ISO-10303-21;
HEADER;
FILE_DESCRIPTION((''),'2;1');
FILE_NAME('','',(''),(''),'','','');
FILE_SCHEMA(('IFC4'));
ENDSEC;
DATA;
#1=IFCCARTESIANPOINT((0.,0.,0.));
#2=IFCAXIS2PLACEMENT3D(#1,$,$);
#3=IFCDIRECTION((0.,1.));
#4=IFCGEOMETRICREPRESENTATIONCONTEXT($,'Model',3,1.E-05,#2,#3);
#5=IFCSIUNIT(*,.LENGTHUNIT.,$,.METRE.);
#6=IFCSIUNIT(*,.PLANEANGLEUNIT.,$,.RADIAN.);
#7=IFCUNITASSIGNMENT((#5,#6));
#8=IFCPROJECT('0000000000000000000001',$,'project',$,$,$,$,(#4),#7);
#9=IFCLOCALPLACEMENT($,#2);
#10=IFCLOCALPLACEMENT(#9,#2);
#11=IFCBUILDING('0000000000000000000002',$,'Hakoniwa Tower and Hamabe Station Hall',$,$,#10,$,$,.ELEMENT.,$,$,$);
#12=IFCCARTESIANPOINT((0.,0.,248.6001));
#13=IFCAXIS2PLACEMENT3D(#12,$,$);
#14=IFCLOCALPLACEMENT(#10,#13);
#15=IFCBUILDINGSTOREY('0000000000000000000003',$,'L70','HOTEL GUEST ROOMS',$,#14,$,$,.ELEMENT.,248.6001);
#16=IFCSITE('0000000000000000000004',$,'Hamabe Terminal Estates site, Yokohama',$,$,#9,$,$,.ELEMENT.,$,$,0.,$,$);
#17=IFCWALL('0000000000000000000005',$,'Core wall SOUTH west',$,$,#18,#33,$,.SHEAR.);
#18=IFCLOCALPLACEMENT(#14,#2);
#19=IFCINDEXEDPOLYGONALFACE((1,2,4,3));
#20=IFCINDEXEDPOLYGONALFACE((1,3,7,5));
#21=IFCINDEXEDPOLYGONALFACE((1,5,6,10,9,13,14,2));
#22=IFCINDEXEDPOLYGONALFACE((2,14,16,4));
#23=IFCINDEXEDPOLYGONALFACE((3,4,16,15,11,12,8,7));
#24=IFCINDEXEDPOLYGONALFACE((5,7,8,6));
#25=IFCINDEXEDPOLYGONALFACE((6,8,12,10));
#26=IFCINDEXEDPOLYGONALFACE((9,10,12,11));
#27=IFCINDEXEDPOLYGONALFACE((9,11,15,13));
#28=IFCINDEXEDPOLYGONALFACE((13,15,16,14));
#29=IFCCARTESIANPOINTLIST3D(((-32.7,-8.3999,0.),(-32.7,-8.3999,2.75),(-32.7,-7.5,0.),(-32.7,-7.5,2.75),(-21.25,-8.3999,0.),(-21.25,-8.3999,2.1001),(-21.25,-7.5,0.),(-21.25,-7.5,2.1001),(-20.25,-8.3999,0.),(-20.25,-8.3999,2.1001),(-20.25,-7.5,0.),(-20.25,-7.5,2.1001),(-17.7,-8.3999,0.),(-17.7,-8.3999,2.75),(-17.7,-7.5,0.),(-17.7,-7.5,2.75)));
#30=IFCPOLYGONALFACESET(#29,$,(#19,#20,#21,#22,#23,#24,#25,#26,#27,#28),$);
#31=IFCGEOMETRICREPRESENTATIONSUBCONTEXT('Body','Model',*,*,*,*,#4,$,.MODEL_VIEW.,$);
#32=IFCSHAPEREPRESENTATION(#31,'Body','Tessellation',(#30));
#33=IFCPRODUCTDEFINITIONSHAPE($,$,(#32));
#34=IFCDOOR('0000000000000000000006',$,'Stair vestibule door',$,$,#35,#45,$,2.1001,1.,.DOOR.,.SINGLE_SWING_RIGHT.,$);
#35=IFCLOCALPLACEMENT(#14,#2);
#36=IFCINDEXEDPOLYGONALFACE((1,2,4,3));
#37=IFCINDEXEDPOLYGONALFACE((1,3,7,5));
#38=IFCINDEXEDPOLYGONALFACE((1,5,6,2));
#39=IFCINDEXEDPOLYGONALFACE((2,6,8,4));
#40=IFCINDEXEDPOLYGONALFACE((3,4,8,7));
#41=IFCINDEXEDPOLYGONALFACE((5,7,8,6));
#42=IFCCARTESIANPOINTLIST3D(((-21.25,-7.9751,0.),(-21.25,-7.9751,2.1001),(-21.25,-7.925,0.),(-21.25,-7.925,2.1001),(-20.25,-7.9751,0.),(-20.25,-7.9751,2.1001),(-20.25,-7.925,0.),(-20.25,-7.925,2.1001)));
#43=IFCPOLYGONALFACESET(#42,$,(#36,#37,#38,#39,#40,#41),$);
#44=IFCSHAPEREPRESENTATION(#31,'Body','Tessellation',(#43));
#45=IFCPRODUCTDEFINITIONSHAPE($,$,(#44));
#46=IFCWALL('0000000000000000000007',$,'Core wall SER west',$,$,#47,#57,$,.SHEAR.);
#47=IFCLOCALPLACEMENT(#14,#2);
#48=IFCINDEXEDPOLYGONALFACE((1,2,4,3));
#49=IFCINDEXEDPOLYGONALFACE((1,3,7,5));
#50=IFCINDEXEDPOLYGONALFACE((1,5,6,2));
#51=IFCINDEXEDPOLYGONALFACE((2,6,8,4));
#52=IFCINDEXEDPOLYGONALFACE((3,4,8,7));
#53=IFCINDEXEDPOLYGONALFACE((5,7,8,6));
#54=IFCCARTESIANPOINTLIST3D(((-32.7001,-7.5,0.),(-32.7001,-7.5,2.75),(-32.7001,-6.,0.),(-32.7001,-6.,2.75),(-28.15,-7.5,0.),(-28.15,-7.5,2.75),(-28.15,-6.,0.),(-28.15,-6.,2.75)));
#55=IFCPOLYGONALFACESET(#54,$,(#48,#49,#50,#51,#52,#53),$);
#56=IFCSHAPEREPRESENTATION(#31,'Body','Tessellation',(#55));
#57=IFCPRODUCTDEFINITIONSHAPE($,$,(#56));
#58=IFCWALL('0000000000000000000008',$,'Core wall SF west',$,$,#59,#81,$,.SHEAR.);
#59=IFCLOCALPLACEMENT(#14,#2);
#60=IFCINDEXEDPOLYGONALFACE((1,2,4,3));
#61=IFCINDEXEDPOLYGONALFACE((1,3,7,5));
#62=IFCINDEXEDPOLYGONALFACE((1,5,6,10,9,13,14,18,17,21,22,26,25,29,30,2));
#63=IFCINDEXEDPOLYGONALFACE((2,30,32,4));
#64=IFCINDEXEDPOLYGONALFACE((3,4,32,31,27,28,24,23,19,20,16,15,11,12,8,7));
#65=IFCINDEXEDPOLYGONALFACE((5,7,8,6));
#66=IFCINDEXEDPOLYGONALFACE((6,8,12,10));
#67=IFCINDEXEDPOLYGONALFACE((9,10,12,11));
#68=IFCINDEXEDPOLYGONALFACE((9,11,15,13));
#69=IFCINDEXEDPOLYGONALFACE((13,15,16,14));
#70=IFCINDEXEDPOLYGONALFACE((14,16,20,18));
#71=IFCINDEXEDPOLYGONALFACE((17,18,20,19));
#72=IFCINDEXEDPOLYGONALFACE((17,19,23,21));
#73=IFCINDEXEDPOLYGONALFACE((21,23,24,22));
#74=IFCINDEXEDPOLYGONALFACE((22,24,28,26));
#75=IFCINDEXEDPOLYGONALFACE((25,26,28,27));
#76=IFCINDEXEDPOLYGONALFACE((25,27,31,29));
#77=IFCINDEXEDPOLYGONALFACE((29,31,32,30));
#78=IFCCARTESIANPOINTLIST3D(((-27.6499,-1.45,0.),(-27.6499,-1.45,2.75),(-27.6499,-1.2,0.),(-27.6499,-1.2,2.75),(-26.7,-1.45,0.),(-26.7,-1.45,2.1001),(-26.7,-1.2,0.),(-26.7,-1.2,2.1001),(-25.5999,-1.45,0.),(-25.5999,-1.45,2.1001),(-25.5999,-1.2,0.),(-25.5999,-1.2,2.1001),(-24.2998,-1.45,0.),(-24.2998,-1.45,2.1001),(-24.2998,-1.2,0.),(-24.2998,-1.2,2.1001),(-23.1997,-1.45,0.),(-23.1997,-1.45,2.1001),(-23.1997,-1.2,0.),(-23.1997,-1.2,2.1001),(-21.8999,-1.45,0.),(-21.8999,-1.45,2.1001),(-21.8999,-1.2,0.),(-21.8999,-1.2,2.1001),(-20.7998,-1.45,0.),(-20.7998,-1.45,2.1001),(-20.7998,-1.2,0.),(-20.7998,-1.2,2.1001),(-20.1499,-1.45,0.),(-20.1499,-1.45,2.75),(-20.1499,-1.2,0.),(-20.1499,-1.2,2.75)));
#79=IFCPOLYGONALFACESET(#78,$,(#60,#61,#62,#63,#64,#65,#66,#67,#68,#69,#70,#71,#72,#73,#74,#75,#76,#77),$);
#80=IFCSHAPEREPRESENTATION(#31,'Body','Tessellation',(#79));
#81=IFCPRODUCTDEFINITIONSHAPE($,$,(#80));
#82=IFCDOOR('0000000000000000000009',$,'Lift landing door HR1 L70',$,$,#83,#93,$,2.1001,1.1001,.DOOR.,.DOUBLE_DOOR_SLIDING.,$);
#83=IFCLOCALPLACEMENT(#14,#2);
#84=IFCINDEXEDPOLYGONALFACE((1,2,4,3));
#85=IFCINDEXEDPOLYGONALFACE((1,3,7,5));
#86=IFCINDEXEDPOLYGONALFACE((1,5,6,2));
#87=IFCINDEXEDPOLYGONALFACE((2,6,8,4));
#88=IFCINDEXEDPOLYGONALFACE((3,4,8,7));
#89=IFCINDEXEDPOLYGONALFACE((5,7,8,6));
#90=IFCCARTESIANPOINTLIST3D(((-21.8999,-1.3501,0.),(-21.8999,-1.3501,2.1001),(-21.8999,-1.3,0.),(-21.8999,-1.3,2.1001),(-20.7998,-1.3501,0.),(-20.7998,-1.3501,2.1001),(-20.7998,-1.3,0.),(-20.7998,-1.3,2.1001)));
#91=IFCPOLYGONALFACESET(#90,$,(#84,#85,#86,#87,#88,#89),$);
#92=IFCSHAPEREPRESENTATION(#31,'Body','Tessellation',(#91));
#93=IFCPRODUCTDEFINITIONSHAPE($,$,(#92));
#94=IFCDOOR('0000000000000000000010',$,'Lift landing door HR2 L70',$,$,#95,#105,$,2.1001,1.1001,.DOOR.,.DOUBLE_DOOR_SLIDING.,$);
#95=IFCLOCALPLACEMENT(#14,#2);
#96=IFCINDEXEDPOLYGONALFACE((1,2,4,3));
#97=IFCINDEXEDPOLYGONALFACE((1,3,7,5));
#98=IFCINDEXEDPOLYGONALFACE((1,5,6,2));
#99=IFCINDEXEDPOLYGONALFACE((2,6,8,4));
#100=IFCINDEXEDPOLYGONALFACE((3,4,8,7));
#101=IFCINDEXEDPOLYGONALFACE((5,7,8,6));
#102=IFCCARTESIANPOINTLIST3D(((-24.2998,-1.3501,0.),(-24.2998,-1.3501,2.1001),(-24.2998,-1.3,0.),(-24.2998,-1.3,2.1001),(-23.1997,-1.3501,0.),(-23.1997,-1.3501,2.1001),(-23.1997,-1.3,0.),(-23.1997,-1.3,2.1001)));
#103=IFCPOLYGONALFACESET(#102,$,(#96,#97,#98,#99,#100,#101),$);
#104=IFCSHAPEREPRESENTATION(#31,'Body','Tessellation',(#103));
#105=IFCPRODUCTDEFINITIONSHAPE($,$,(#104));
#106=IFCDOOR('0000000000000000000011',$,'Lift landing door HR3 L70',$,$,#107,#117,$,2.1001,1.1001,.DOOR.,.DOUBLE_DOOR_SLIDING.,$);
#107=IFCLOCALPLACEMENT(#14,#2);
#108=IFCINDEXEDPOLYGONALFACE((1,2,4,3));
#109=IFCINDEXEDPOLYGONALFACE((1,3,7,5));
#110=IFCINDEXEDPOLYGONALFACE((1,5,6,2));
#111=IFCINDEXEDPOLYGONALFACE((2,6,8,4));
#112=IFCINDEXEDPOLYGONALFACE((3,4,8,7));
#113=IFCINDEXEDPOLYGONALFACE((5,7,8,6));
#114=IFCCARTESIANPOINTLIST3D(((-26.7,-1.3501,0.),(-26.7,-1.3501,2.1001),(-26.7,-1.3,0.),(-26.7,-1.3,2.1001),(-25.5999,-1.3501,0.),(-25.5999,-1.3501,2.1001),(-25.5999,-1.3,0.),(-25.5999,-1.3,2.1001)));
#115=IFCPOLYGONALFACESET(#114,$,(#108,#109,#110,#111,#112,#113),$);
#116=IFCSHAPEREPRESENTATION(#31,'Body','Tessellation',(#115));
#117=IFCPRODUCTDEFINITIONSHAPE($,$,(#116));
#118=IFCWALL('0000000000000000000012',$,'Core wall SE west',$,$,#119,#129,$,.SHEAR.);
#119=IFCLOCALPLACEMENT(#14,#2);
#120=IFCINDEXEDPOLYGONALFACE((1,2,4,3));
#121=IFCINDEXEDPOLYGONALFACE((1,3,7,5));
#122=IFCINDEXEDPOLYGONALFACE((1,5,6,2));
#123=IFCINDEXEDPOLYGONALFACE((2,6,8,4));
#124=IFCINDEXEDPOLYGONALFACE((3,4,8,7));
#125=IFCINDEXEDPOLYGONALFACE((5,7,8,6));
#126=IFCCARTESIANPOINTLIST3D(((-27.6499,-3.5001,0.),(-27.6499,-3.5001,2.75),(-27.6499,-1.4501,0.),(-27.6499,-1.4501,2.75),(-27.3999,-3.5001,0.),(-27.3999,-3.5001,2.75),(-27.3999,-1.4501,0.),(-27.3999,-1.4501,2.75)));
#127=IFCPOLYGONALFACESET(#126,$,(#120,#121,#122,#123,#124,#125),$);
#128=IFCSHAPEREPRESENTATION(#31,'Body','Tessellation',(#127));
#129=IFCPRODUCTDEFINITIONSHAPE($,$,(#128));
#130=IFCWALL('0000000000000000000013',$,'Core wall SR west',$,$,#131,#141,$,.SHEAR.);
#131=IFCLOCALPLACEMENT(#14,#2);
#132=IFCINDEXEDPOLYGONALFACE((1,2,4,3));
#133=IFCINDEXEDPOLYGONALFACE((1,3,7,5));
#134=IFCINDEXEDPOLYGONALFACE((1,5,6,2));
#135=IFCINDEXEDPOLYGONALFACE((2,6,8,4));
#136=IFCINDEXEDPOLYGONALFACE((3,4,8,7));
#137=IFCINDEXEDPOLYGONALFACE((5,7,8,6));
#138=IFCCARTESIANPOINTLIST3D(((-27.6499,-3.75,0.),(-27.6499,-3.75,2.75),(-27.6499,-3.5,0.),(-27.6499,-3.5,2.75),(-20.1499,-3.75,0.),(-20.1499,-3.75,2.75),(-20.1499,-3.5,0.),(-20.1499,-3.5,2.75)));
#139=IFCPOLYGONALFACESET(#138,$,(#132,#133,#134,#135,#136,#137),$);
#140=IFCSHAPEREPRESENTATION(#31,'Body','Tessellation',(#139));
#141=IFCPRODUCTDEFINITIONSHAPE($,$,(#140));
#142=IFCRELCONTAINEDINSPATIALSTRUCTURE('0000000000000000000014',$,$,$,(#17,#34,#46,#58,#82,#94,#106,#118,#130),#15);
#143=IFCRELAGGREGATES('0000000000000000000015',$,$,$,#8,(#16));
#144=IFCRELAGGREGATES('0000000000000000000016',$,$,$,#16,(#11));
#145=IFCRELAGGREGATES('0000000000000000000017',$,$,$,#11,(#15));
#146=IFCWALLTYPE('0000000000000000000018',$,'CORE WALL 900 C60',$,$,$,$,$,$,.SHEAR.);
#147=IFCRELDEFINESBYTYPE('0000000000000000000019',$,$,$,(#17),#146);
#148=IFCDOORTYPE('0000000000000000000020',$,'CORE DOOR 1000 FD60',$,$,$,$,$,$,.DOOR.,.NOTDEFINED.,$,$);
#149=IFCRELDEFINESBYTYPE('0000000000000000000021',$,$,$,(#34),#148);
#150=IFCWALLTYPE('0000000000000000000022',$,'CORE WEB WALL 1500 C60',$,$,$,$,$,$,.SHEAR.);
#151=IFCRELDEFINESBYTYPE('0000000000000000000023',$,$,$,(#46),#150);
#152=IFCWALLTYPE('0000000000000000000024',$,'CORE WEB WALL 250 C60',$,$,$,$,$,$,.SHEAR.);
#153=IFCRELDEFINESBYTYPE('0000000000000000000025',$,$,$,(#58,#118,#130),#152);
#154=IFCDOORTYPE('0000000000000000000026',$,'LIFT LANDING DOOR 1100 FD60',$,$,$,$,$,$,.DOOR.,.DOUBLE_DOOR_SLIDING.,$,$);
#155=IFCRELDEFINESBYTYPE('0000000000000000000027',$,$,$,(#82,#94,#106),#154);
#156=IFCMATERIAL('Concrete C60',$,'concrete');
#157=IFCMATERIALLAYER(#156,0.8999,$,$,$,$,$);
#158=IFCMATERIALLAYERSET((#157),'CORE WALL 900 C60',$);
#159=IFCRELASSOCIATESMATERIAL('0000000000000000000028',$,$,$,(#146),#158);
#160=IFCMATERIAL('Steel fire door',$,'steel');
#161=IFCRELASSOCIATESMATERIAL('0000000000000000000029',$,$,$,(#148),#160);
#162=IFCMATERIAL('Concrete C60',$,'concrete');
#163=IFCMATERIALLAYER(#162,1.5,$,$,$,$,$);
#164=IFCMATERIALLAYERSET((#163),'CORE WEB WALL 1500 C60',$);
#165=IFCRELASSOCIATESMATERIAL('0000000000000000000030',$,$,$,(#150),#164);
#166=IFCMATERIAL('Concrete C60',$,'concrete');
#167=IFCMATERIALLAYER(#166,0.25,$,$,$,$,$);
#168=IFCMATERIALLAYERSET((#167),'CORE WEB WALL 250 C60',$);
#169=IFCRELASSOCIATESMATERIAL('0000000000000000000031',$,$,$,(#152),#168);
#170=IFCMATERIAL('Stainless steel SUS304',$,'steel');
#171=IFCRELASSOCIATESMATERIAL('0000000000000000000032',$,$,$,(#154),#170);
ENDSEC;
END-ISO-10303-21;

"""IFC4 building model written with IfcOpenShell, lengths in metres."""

from ifc_helpers import new_model, si_unit, direction, frame, frame_2d, origin, place, context, subcontext, project, spatial, rectangle, extrude, material, layer, layer_set, type_object, element, fill, save


model = new_model("IFC4")

# Units and contexts
model_context = context("Model", 3, precision=1e-05, world=origin(), true_north=direction((0.0, 1.0)))
body_context = subcontext(model_context, "Body", "Model", "MODEL_VIEW")
ifc_project = project(units=[si_unit("LENGTHUNIT", "METRE"), si_unit("PLANEANGLEUNIT", "RADIAN")], contexts=[model_context])

# Site, building, storey
site_placement = place(None, origin())
site = spatial("IfcSite", under=ifc_project, at=site_placement, Name="Hamabe Terminal Estates site, Yokohama", CompositionType="ELEMENT", RefElevation=0.0)
building_placement = place(site_placement, origin())
building = spatial("IfcBuilding", under=site, at=building_placement, Name="Hakoniwa Tower and Hamabe Station Hall", CompositionType="ELEMENT")
storey_placement = place(building_placement, frame((0.0, 0.0, 248.6001)))
storey = spatial("IfcBuildingStorey", under=building, at=storey_placement, Name="L70", Description="HOTEL GUEST ROOMS", CompositionType="ELEMENT", Elevation=248.6001)

# Wall, opening, door
ifc_material_1 = material(Name="Concrete C60", Category="concrete")
ifc_layer_1 = layer(ifc_material_1, 0.8999)
ifc_layer_set_1 = layer_set([ifc_layer_1], Name="CORE WALL 900 C60")
wall_type_1 = type_object("IfcWallType", Name="CORE WALL 900 C60", PredefinedType="SHEAR", material=ifc_layer_set_1)
wall_1_placement = place(storey_placement, frame((-32.7, -7.95, 0.0), z_axis=(0.0, 0.0, 1.0), x_axis=(1.0, 0.0, 0.0)))
wall_1 = element("IfcWall", 1, at=wall_1_placement, inside=storey, type_object=wall_type_1, Name="Core wall SOUTH west", PredefinedType="SHEAR", context=body_context, shape_type="SweptSolid", body=[
    extrude(rectangle(XDim=15.0, YDim=0.8999, at=frame_2d((7.5, 0.0))), origin(), (0.0, 0.0, 1.0), 2.75),
])
opening_1_placement = place(wall_1_placement, frame((11.45, 0.0, 0.0)))
opening_1 = element("IfcOpeningElement", 2, at=opening_1_placement, cuts=wall_1, PredefinedType="OPENING", context=body_context, shape_type="SweptSolid", body=[
    extrude(rectangle(XDim=1.0, YDim=2.1001, at=frame_2d((0.5, 1.05))), frame((0.0, 0.46, 0.0), z_axis=(0.0, -1.0, 0.0), x_axis=(1.0, 0.0, 0.0)), (0.0, 0.0, 1.0), 0.9199),
])
ifc_material_2 = material(Name="Steel fire door", Category="steel")
door_type_1 = type_object("IfcDoorType", Name="CORE DOOR 1000 FD60", OperationType="NOTDEFINED", PredefinedType="DOOR", material=ifc_material_2)
door_1_placement = place(opening_1_placement, origin())
door_1 = element("IfcDoor", 3, at=door_1_placement, inside=storey, type_object=door_type_1, Name="Stair vestibule door", OperationType="SINGLE_SWING_RIGHT", OverallHeight=2.1001, OverallWidth=1.0, PredefinedType="DOOR", context=body_context, shape_type="SweptSolid", body=[
    extrude(rectangle(XDim=1.0, YDim=2.1001, at=frame_2d((0.5, 1.05))), frame((0.0, 0.0249, 0.0), z_axis=(0.0, -1.0, 0.0), x_axis=(1.0, 0.0, 0.0)), (0.0, 0.0, 1.0), 0.05),
])
fill(opening_1, door_1)

# Wall
ifc_material_3 = material(Name="Concrete C60", Category="concrete")
ifc_layer_2 = layer(ifc_material_3, 1.5)
ifc_layer_set_2 = layer_set([ifc_layer_2], Name="CORE WEB WALL 1500 C60")
wall_type_2 = type_object("IfcWallType", Name="CORE WEB WALL 1500 C60", PredefinedType="SHEAR", material=ifc_layer_set_2)
wall_2_placement = place(storey_placement, frame((-32.7, -6.75, 0.0), z_axis=(0.0, 0.0, 1.0), x_axis=(1.0, 0.0, 0.0)))
element("IfcWall", 4, at=wall_2_placement, inside=storey, type_object=wall_type_2, Name="Core wall SER west", PredefinedType="SHEAR", context=body_context, shape_type="SweptSolid", body=[
    extrude(rectangle(XDim=4.55, YDim=1.5, at=frame_2d((2.2749, 0.0))), origin(), (0.0, 0.0, 1.0), 2.75),
])

# Wall, openings, doors
ifc_material_4 = material(Name="Concrete C60", Category="concrete")
ifc_layer_3 = layer(ifc_material_4, 0.25)
ifc_layer_set_3 = layer_set([ifc_layer_3], Name="CORE WEB WALL 250 C60")
wall_type_3 = type_object("IfcWallType", Name="CORE WEB WALL 250 C60", PredefinedType="SHEAR", material=ifc_layer_set_3)
wall_3_placement = place(storey_placement, frame((-27.6499, -1.325, 0.0), z_axis=(0.0, 0.0, 1.0), x_axis=(1.0, 0.0, 0.0)))
wall_3 = element("IfcWall", 5, at=wall_3_placement, inside=storey, type_object=wall_type_3, Name="Core wall SF west", PredefinedType="SHEAR", context=body_context, shape_type="SweptSolid", body=[
    extrude(rectangle(XDim=7.5, YDim=0.25, at=frame_2d((3.75, 0.0))), origin(), (0.0, 0.0, 1.0), 2.75),
])
opening_2_placement = place(wall_3_placement, frame((5.75, 0.0, 0.0)))
opening_2 = element("IfcOpeningElement", 6, at=opening_2_placement, cuts=wall_3, PredefinedType="OPENING", context=body_context, shape_type="SweptSolid", body=[
    extrude(rectangle(XDim=1.1001, YDim=2.1001, at=frame_2d((0.55, 1.05))), frame((0.0, 0.135, 0.0), z_axis=(0.0, -1.0, 0.0), x_axis=(1.0, 0.0, 0.0)), (0.0, 0.0, 1.0), 0.27),
])
opening_3_placement = place(wall_3_placement, frame((3.3501, 0.0, 0.0)))
opening_3 = element("IfcOpeningElement", 7, at=opening_3_placement, cuts=wall_3, PredefinedType="OPENING", context=body_context, shape_type="SweptSolid", body=[
    extrude(rectangle(XDim=1.1001, YDim=2.1001, at=frame_2d((0.55, 1.05))), frame((0.0, 0.135, 0.0), z_axis=(0.0, -1.0, 0.0), x_axis=(1.0, 0.0, 0.0)), (0.0, 0.0, 1.0), 0.27),
])
opening_4_placement = place(wall_3_placement, frame((0.95, 0.0, 0.0)))
opening_4 = element("IfcOpeningElement", 8, at=opening_4_placement, cuts=wall_3, PredefinedType="OPENING", context=body_context, shape_type="SweptSolid", body=[
    extrude(rectangle(XDim=1.1001, YDim=2.1001, at=frame_2d((0.55, 1.05))), frame((0.0, 0.135, 0.0), z_axis=(0.0, -1.0, 0.0), x_axis=(1.0, 0.0, 0.0)), (0.0, 0.0, 1.0), 0.27),
])
ifc_material_5 = material(Name="Stainless steel SUS304", Category="steel")
door_type_2 = type_object("IfcDoorType", Name="LIFT LANDING DOOR 1100 FD60", OperationType="DOUBLE_DOOR_SLIDING", PredefinedType="DOOR", material=ifc_material_5)
door_2_placement = place(opening_2_placement, origin())
door_2 = element("IfcDoor", 9, at=door_2_placement, inside=storey, type_object=door_type_2, Name="Lift landing door HR1 L70", OperationType="DOUBLE_DOOR_SLIDING", OverallHeight=2.1001, OverallWidth=1.1001, PredefinedType="DOOR", context=body_context, shape_type="SweptSolid", body=[
    extrude(rectangle(XDim=1.1001, YDim=2.1001, at=frame_2d((0.55, 1.05))), frame((0.0, 0.0249, 0.0), z_axis=(0.0, -1.0, 0.0), x_axis=(1.0, 0.0, 0.0)), (0.0, 0.0, 1.0), 0.05),
])
fill(opening_2, door_2)
door_3_placement = place(opening_3_placement, origin())
door_3 = element("IfcDoor", 10, at=door_3_placement, inside=storey, type_object=door_type_2, Name="Lift landing door HR2 L70", OperationType="DOUBLE_DOOR_SLIDING", OverallHeight=2.1001, OverallWidth=1.1001, PredefinedType="DOOR", context=body_context, shape_type="SweptSolid", body=[
    extrude(rectangle(XDim=1.1001, YDim=2.1001, at=frame_2d((0.55, 1.05))), frame((0.0, 0.0249, 0.0), z_axis=(0.0, -1.0, 0.0), x_axis=(1.0, 0.0, 0.0)), (0.0, 0.0, 1.0), 0.05),
])
fill(opening_3, door_3)
door_4_placement = place(opening_4_placement, origin())
door_4 = element("IfcDoor", 11, at=door_4_placement, inside=storey, type_object=door_type_2, Name="Lift landing door HR3 L70", OperationType="DOUBLE_DOOR_SLIDING", OverallHeight=2.1001, OverallWidth=1.1001, PredefinedType="DOOR", context=body_context, shape_type="SweptSolid", body=[
    extrude(rectangle(XDim=1.1001, YDim=2.1001, at=frame_2d((0.55, 1.05))), frame((0.0, 0.0249, 0.0), z_axis=(0.0, -1.0, 0.0), x_axis=(1.0, 0.0, 0.0)), (0.0, 0.0, 1.0), 0.05),
])
fill(opening_4, door_4)

# Walls
wall_4_placement = place(storey_placement, frame((-27.5249, -3.5, 0.0), z_axis=(0.0, 0.0, 1.0), x_axis=(0.0, 1.0, 0.0)))
element("IfcWall", 12, at=wall_4_placement, inside=storey, type_object=wall_type_3, Name="Core wall SE west", PredefinedType="SHEAR", context=body_context, shape_type="SweptSolid", body=[
    extrude(rectangle(XDim=2.05, YDim=0.25, at=frame_2d((1.0249, 0.0))), origin(), (0.0, 0.0, 1.0), 2.75),
])
wall_5_placement = place(storey_placement, frame((-27.6499, -3.625, 0.0), z_axis=(0.0, 0.0, 1.0), x_axis=(1.0, 0.0, 0.0)))
element("IfcWall", 13, at=wall_5_placement, inside=storey, type_object=wall_type_3, Name="Core wall SR west", PredefinedType="SHEAR", context=body_context, shape_type="SweptSolid", body=[
    extrude(rectangle(XDim=7.5, YDim=0.25, at=frame_2d((3.75, 0.0))), origin(), (0.0, 0.0, 1.0), 2.75),
])

save(model, "model.ifc")
